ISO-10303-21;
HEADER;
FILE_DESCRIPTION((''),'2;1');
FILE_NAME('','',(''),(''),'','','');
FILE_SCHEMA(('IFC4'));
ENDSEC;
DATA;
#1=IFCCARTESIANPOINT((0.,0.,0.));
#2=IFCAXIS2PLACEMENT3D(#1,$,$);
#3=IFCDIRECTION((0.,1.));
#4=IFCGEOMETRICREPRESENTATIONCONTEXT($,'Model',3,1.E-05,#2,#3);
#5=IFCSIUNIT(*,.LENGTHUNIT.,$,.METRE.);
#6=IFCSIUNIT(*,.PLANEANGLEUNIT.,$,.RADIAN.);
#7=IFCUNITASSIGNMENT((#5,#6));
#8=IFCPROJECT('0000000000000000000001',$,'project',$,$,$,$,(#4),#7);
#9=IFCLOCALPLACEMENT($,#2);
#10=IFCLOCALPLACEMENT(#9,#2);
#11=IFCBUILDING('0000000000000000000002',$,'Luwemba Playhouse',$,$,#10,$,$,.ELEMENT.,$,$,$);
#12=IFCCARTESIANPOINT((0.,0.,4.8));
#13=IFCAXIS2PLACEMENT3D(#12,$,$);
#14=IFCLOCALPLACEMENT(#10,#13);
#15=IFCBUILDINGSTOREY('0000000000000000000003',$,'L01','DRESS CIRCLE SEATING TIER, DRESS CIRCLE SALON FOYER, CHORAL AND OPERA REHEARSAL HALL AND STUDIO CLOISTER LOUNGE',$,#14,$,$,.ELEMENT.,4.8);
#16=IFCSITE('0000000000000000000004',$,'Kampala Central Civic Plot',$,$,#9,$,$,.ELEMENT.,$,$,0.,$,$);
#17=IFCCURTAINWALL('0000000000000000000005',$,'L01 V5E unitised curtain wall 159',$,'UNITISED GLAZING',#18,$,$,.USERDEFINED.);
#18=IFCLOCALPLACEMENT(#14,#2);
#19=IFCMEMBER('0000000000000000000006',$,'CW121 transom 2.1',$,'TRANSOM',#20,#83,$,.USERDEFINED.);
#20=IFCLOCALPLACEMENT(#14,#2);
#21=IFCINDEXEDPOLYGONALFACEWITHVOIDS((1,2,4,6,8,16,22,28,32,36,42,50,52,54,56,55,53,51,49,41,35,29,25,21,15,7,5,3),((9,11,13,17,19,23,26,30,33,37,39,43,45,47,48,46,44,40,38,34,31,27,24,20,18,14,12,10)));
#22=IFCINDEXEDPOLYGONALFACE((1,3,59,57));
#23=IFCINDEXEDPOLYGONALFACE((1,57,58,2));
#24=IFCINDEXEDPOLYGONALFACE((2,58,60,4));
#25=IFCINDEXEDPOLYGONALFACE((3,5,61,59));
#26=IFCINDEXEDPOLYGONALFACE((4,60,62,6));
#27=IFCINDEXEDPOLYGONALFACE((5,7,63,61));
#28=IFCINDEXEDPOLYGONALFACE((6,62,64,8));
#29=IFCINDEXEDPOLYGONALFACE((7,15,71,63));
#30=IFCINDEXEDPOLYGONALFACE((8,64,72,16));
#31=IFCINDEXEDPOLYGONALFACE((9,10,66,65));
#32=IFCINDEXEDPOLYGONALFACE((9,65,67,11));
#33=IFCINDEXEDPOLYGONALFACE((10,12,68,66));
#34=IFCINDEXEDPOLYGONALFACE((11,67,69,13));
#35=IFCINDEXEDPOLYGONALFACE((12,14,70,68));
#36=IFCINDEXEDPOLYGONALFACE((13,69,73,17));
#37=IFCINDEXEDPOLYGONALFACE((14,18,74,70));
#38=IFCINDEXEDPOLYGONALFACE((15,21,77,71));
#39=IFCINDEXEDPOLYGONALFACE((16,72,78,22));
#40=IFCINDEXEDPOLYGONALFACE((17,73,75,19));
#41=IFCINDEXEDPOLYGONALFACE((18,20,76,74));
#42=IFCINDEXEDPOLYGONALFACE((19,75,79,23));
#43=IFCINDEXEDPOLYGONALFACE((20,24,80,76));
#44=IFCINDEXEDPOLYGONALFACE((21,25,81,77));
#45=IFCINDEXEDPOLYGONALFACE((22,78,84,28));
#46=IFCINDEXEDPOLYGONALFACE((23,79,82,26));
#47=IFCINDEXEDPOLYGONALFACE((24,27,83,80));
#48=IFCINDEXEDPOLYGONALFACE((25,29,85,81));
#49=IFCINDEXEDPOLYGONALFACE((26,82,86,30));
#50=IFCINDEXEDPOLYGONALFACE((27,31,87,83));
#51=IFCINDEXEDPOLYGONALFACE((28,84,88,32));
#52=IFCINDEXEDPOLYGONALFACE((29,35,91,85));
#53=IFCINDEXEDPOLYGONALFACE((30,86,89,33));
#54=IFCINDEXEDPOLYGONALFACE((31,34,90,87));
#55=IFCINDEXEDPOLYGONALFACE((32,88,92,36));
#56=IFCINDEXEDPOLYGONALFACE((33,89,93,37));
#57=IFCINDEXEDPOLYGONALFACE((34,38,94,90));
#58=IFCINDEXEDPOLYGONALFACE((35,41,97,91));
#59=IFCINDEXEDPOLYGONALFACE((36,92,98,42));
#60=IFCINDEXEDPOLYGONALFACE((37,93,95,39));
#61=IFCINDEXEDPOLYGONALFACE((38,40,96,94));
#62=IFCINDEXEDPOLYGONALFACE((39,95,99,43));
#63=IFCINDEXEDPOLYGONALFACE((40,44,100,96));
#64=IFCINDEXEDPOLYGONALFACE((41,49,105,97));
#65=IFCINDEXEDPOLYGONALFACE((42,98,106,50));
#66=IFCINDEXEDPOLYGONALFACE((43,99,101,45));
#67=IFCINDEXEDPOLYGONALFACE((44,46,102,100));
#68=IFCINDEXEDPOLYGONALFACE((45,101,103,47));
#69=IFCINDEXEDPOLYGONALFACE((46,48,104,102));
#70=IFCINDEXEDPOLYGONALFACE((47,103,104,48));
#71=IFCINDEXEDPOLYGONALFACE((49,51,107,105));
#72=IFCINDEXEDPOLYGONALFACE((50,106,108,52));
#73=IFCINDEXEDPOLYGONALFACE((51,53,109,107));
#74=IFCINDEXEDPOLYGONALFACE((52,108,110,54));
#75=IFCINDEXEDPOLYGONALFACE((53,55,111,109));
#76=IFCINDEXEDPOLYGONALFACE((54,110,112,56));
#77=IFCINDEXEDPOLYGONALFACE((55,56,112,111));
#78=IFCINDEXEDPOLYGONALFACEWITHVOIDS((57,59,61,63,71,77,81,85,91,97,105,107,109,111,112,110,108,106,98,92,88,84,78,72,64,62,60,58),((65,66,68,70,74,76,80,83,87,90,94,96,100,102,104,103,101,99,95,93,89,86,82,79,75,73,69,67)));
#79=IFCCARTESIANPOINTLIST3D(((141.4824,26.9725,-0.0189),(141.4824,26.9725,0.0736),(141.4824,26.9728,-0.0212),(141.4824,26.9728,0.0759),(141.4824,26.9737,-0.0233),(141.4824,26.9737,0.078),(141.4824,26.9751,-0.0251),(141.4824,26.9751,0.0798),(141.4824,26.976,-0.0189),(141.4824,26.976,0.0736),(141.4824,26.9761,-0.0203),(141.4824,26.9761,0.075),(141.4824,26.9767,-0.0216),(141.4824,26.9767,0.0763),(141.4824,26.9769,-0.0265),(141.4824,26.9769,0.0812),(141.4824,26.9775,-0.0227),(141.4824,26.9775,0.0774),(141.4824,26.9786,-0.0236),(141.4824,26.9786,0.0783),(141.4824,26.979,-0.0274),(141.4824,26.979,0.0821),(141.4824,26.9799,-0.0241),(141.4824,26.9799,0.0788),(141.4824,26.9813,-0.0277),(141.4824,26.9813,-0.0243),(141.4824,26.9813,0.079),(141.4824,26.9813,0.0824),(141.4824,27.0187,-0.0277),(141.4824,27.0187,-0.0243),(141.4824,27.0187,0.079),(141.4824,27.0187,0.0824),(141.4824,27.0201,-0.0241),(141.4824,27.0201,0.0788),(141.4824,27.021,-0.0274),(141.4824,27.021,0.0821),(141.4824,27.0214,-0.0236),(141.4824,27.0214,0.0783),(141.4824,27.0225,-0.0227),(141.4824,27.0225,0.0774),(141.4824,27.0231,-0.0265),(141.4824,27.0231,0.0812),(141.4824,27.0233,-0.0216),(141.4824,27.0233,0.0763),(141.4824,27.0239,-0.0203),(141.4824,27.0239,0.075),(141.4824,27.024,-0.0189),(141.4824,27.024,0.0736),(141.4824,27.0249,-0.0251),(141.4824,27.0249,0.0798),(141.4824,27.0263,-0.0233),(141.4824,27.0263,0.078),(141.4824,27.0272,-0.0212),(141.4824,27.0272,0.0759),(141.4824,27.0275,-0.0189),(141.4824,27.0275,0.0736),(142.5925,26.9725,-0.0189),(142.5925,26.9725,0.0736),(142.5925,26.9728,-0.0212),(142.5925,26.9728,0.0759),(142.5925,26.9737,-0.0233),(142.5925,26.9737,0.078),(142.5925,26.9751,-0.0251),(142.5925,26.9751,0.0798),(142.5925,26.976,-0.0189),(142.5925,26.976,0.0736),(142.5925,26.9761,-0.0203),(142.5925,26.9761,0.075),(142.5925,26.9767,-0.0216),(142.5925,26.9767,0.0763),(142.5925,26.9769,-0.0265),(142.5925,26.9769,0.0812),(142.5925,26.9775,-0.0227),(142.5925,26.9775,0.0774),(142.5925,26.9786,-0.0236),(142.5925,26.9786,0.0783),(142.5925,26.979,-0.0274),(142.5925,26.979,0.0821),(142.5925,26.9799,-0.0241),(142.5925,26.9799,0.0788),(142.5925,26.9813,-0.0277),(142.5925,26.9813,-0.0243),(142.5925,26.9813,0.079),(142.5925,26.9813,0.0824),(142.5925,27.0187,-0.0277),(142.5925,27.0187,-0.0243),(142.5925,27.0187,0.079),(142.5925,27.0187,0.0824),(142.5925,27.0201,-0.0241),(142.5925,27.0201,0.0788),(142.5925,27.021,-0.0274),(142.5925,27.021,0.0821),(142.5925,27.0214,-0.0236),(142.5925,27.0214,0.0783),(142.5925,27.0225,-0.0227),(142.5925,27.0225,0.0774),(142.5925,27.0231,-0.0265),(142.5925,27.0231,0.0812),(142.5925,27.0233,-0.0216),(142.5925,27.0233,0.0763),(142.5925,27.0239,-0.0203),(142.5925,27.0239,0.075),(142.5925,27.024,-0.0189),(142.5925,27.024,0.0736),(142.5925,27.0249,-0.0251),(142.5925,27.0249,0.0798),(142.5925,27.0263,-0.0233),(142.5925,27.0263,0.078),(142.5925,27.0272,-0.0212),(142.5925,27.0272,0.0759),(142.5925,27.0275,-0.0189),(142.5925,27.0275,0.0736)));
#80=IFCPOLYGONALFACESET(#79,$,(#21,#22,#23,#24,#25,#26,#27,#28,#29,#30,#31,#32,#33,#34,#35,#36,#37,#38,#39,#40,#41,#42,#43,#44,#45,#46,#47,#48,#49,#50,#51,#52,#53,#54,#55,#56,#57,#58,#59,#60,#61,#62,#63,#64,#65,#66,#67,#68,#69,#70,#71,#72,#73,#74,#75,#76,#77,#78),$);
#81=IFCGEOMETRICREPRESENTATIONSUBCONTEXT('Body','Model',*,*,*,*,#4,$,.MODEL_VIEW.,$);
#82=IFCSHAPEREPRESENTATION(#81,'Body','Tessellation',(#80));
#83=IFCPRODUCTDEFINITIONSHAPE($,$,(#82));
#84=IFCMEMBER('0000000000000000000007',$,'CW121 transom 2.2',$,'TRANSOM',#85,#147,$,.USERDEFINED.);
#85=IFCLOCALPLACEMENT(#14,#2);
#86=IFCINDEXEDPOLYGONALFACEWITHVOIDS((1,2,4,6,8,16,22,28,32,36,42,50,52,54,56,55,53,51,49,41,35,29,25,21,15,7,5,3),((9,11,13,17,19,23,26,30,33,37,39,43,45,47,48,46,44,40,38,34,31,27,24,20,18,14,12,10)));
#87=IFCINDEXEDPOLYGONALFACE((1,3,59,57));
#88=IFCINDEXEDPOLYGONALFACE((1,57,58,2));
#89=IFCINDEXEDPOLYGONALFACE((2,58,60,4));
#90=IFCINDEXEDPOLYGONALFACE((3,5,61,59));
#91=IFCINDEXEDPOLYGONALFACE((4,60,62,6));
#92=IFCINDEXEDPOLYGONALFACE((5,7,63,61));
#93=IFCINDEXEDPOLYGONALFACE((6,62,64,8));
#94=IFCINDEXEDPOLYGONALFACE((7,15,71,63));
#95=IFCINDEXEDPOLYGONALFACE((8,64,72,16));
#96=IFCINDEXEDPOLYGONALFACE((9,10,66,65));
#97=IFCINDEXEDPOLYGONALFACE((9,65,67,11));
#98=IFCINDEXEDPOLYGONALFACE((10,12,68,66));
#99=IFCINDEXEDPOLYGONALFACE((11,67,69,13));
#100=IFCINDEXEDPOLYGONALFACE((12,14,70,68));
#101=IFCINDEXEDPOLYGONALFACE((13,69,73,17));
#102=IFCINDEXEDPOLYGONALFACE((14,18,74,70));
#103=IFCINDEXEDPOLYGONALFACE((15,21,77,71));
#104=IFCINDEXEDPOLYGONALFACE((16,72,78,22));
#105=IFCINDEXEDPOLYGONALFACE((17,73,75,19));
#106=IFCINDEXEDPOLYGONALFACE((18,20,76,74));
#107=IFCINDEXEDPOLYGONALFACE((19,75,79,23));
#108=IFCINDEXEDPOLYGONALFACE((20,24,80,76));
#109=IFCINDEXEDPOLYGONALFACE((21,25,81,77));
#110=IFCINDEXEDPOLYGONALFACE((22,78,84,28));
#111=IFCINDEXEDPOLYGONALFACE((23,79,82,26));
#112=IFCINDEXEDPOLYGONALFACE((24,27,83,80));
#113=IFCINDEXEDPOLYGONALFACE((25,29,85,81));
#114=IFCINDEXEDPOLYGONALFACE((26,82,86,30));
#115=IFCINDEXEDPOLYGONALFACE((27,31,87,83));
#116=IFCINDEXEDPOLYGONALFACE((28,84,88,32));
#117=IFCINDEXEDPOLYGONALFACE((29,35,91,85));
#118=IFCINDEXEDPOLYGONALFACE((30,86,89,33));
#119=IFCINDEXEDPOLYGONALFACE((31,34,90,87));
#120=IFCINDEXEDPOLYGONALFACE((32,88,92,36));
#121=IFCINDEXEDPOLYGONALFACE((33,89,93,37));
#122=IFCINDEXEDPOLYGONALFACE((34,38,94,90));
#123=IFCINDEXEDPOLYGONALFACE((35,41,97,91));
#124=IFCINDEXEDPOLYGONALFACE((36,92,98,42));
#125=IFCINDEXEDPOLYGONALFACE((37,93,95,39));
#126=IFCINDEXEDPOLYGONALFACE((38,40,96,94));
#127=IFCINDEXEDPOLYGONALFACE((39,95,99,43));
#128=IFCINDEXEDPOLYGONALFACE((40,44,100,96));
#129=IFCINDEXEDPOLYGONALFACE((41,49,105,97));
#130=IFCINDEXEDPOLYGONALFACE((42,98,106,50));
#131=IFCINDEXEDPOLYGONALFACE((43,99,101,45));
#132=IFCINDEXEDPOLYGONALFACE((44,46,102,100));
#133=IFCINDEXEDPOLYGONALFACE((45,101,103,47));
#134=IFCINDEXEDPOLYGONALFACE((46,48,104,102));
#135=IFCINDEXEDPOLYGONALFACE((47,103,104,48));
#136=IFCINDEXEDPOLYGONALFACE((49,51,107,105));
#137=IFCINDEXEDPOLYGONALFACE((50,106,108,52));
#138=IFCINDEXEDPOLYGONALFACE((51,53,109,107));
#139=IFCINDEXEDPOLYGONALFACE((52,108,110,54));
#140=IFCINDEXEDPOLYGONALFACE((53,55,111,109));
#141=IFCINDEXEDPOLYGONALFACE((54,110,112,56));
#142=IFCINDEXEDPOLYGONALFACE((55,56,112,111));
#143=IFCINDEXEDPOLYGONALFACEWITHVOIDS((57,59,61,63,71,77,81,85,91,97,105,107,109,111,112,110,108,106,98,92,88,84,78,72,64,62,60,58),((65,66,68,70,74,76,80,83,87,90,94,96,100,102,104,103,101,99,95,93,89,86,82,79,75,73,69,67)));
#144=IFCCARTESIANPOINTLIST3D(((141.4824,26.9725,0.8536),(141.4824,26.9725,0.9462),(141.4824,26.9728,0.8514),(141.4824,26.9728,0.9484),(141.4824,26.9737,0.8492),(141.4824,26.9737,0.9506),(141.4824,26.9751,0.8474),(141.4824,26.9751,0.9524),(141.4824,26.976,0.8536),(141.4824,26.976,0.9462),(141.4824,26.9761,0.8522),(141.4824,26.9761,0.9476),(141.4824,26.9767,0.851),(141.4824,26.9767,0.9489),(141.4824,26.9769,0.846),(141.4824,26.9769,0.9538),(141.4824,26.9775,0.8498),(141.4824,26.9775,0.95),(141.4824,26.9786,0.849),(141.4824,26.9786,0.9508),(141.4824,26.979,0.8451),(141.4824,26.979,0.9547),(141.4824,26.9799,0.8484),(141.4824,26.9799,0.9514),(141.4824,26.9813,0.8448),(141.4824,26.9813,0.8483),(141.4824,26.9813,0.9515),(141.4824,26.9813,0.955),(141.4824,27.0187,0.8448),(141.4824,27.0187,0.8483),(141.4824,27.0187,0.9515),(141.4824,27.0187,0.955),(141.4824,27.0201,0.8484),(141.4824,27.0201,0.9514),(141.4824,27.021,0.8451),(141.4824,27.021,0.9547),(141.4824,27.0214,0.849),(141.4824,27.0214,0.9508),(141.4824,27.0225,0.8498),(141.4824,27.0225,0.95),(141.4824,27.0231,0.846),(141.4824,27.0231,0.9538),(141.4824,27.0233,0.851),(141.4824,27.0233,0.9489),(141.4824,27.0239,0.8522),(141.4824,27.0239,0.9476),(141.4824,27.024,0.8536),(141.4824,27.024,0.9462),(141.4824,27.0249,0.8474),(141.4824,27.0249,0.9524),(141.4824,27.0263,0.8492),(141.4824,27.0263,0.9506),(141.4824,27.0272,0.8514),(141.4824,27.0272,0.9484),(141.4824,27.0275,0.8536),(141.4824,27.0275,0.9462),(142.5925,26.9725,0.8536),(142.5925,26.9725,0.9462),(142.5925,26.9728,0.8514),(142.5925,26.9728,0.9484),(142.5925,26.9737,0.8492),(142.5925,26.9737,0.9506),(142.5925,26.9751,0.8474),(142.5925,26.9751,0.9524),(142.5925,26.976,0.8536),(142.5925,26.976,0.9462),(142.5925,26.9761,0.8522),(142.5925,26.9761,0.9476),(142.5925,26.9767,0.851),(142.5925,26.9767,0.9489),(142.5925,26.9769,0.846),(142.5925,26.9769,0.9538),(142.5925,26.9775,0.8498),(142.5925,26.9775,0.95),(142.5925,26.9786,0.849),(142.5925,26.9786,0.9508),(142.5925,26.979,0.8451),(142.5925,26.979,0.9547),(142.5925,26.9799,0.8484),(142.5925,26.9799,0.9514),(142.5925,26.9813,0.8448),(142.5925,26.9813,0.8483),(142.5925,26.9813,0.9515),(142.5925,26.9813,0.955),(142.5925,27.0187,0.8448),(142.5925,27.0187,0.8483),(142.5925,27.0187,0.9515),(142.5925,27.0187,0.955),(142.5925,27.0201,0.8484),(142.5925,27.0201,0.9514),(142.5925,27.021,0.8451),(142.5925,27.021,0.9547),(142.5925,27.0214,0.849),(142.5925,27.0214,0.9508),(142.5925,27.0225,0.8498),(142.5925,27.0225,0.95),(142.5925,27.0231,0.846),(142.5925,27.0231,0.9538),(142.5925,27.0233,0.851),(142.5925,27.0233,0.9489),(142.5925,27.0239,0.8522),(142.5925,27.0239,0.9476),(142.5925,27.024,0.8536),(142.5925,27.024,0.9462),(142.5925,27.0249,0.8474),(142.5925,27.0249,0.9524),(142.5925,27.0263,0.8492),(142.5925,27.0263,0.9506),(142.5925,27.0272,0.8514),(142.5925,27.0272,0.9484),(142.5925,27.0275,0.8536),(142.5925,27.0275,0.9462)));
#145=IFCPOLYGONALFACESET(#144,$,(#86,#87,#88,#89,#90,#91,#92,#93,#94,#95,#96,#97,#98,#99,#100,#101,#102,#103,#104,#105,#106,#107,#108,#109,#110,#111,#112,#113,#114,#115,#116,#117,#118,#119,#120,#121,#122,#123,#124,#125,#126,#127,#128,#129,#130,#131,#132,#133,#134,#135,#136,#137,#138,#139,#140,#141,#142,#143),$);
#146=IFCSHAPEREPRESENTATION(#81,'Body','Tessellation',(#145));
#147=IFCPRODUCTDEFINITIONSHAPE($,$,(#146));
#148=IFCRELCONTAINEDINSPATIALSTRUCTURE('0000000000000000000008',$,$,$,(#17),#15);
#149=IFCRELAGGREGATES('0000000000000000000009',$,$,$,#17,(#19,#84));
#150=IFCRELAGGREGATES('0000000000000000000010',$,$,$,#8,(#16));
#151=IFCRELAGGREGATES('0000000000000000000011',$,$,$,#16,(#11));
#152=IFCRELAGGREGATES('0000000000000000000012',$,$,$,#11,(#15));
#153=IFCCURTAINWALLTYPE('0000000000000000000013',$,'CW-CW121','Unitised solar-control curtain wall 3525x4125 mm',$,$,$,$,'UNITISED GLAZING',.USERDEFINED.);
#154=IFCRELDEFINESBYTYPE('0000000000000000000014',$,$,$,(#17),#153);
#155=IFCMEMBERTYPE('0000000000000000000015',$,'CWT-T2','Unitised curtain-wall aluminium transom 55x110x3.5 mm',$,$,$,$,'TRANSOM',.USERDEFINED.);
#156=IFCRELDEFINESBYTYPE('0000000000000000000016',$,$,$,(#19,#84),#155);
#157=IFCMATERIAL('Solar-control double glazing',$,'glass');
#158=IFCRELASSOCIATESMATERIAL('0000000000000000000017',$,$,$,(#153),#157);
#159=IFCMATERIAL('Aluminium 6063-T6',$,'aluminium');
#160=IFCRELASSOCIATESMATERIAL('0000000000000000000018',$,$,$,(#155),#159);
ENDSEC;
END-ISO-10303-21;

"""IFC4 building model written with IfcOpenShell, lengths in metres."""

from ifc_helpers import new_model, si_unit, direction, frame, origin, origin_2d, place, context, subcontext, project, spatial, hollow_rectangle, extrude, material, material_profile, profile_set, type_object, element, aggregate, save


model = new_model("IFC4")

# Units and contexts
model_context = context("Model", 3, precision=1e-05, world=origin(), true_north=direction((0.0, 1.0)))
body_context = subcontext(model_context, "Body", "Model", "MODEL_VIEW")
ifc_project = project(units=[si_unit("LENGTHUNIT", "METRE"), si_unit("PLANEANGLEUNIT", "RADIAN")], contexts=[model_context])

# Site, building, storey
site_placement = place(None, origin())
site = spatial("IfcSite", under=ifc_project, at=site_placement, Name="Kampala Central Civic Plot", CompositionType="ELEMENT", RefElevation=0.0)
building_placement = place(site_placement, origin())
building = spatial("IfcBuilding", under=site, at=building_placement, Name="Luwemba Playhouse", CompositionType="ELEMENT")
storey_placement = place(building_placement, frame((0.0, 0.0, 4.8)))
storey = spatial("IfcBuildingStorey", under=building, at=storey_placement, Name="L01", Description="DRESS CIRCLE SEATING TIER, DRESS CIRCLE SALON FOYER, CHORAL AND OPERA REHEARSAL HALL AND STUDIO CLOISTER LOUNGE", CompositionType="ELEMENT", Elevation=4.8)

# Curtain wall, members
ifc_material_1 = material(Name="Solar-control double glazing", Category="glass")
curtain_wall_type = type_object("IfcCurtainWallType", Name="CW-CW121", Description="Unitised solar-control curtain wall 3525x4125 mm", ElementType="UNITISED GLAZING", PredefinedType="USERDEFINED", material=ifc_material_1)
curtain_wall_placement = place(storey_placement, origin())
curtain_wall = element("IfcCurtainWall", 1, at=curtain_wall_placement, inside=storey, type_object=curtain_wall_type, Name="L01 V5E unitised curtain wall 159", ObjectType="UNITISED GLAZING", PredefinedType="USERDEFINED")
ifc_material_2 = material(Name="Aluminium 6063-T6", Category="aluminium")
ifc_material_profile_1 = material_profile(ifc_material_2, hollow_rectangle(XDim=0.0549, YDim=0.1101, WallThickness=0.0034, InnerFilletRadius=0.0054, OuterFilletRadius=0.0088, at=origin_2d()))
ifc_profile_set_1 = profile_set([ifc_material_profile_1], Name="Aluminium 6063-T6")
member_type_1 = type_object("IfcMemberType", Name="CWT-T2", Description="Unitised curtain-wall aluminium transom 55x110x3.5 mm", ElementType="TRANSOM", PredefinedType="USERDEFINED", material=ifc_profile_set_1)
member_1_placement = place(storey_placement, frame((141.4824, 27.0, 0.0273), z_axis=(1.0, 0.0, 0.0), x_axis=(0.0, 1.0, 0.0)))
member_1 = element("IfcMember", 2, at=member_1_placement, type_object=member_type_1, Name="CW121 transom 2.1", ObjectType="TRANSOM", PredefinedType="USERDEFINED", context=body_context, shape_type="SweptSolid", body=[
    extrude(hollow_rectangle(XDim=0.0549, YDim=0.1101, WallThickness=0.0034, InnerFilletRadius=0.0054, OuterFilletRadius=0.0088, at=origin_2d()), origin(), (0.0, 0.0, 1.0), 1.1101),
])
member_2_placement = place(storey_placement, frame((141.4824, 27.0, 0.8999), z_axis=(1.0, 0.0, 0.0), x_axis=(0.0, 1.0, 0.0)))
member_2 = element("IfcMember", 3, at=member_2_placement, type_object=member_type_1, Name="CW121 transom 2.2", ObjectType="TRANSOM", PredefinedType="USERDEFINED", context=body_context, shape_type="SweptSolid", body=[
    extrude(hollow_rectangle(XDim=0.0549, YDim=0.1101, WallThickness=0.0034, InnerFilletRadius=0.0054, OuterFilletRadius=0.0088, at=origin_2d()), origin(), (0.0, 0.0, 1.0), 1.1101),
])

aggregate(curtain_wall, [member_1, member_2])

save(model, "model.ifc")
